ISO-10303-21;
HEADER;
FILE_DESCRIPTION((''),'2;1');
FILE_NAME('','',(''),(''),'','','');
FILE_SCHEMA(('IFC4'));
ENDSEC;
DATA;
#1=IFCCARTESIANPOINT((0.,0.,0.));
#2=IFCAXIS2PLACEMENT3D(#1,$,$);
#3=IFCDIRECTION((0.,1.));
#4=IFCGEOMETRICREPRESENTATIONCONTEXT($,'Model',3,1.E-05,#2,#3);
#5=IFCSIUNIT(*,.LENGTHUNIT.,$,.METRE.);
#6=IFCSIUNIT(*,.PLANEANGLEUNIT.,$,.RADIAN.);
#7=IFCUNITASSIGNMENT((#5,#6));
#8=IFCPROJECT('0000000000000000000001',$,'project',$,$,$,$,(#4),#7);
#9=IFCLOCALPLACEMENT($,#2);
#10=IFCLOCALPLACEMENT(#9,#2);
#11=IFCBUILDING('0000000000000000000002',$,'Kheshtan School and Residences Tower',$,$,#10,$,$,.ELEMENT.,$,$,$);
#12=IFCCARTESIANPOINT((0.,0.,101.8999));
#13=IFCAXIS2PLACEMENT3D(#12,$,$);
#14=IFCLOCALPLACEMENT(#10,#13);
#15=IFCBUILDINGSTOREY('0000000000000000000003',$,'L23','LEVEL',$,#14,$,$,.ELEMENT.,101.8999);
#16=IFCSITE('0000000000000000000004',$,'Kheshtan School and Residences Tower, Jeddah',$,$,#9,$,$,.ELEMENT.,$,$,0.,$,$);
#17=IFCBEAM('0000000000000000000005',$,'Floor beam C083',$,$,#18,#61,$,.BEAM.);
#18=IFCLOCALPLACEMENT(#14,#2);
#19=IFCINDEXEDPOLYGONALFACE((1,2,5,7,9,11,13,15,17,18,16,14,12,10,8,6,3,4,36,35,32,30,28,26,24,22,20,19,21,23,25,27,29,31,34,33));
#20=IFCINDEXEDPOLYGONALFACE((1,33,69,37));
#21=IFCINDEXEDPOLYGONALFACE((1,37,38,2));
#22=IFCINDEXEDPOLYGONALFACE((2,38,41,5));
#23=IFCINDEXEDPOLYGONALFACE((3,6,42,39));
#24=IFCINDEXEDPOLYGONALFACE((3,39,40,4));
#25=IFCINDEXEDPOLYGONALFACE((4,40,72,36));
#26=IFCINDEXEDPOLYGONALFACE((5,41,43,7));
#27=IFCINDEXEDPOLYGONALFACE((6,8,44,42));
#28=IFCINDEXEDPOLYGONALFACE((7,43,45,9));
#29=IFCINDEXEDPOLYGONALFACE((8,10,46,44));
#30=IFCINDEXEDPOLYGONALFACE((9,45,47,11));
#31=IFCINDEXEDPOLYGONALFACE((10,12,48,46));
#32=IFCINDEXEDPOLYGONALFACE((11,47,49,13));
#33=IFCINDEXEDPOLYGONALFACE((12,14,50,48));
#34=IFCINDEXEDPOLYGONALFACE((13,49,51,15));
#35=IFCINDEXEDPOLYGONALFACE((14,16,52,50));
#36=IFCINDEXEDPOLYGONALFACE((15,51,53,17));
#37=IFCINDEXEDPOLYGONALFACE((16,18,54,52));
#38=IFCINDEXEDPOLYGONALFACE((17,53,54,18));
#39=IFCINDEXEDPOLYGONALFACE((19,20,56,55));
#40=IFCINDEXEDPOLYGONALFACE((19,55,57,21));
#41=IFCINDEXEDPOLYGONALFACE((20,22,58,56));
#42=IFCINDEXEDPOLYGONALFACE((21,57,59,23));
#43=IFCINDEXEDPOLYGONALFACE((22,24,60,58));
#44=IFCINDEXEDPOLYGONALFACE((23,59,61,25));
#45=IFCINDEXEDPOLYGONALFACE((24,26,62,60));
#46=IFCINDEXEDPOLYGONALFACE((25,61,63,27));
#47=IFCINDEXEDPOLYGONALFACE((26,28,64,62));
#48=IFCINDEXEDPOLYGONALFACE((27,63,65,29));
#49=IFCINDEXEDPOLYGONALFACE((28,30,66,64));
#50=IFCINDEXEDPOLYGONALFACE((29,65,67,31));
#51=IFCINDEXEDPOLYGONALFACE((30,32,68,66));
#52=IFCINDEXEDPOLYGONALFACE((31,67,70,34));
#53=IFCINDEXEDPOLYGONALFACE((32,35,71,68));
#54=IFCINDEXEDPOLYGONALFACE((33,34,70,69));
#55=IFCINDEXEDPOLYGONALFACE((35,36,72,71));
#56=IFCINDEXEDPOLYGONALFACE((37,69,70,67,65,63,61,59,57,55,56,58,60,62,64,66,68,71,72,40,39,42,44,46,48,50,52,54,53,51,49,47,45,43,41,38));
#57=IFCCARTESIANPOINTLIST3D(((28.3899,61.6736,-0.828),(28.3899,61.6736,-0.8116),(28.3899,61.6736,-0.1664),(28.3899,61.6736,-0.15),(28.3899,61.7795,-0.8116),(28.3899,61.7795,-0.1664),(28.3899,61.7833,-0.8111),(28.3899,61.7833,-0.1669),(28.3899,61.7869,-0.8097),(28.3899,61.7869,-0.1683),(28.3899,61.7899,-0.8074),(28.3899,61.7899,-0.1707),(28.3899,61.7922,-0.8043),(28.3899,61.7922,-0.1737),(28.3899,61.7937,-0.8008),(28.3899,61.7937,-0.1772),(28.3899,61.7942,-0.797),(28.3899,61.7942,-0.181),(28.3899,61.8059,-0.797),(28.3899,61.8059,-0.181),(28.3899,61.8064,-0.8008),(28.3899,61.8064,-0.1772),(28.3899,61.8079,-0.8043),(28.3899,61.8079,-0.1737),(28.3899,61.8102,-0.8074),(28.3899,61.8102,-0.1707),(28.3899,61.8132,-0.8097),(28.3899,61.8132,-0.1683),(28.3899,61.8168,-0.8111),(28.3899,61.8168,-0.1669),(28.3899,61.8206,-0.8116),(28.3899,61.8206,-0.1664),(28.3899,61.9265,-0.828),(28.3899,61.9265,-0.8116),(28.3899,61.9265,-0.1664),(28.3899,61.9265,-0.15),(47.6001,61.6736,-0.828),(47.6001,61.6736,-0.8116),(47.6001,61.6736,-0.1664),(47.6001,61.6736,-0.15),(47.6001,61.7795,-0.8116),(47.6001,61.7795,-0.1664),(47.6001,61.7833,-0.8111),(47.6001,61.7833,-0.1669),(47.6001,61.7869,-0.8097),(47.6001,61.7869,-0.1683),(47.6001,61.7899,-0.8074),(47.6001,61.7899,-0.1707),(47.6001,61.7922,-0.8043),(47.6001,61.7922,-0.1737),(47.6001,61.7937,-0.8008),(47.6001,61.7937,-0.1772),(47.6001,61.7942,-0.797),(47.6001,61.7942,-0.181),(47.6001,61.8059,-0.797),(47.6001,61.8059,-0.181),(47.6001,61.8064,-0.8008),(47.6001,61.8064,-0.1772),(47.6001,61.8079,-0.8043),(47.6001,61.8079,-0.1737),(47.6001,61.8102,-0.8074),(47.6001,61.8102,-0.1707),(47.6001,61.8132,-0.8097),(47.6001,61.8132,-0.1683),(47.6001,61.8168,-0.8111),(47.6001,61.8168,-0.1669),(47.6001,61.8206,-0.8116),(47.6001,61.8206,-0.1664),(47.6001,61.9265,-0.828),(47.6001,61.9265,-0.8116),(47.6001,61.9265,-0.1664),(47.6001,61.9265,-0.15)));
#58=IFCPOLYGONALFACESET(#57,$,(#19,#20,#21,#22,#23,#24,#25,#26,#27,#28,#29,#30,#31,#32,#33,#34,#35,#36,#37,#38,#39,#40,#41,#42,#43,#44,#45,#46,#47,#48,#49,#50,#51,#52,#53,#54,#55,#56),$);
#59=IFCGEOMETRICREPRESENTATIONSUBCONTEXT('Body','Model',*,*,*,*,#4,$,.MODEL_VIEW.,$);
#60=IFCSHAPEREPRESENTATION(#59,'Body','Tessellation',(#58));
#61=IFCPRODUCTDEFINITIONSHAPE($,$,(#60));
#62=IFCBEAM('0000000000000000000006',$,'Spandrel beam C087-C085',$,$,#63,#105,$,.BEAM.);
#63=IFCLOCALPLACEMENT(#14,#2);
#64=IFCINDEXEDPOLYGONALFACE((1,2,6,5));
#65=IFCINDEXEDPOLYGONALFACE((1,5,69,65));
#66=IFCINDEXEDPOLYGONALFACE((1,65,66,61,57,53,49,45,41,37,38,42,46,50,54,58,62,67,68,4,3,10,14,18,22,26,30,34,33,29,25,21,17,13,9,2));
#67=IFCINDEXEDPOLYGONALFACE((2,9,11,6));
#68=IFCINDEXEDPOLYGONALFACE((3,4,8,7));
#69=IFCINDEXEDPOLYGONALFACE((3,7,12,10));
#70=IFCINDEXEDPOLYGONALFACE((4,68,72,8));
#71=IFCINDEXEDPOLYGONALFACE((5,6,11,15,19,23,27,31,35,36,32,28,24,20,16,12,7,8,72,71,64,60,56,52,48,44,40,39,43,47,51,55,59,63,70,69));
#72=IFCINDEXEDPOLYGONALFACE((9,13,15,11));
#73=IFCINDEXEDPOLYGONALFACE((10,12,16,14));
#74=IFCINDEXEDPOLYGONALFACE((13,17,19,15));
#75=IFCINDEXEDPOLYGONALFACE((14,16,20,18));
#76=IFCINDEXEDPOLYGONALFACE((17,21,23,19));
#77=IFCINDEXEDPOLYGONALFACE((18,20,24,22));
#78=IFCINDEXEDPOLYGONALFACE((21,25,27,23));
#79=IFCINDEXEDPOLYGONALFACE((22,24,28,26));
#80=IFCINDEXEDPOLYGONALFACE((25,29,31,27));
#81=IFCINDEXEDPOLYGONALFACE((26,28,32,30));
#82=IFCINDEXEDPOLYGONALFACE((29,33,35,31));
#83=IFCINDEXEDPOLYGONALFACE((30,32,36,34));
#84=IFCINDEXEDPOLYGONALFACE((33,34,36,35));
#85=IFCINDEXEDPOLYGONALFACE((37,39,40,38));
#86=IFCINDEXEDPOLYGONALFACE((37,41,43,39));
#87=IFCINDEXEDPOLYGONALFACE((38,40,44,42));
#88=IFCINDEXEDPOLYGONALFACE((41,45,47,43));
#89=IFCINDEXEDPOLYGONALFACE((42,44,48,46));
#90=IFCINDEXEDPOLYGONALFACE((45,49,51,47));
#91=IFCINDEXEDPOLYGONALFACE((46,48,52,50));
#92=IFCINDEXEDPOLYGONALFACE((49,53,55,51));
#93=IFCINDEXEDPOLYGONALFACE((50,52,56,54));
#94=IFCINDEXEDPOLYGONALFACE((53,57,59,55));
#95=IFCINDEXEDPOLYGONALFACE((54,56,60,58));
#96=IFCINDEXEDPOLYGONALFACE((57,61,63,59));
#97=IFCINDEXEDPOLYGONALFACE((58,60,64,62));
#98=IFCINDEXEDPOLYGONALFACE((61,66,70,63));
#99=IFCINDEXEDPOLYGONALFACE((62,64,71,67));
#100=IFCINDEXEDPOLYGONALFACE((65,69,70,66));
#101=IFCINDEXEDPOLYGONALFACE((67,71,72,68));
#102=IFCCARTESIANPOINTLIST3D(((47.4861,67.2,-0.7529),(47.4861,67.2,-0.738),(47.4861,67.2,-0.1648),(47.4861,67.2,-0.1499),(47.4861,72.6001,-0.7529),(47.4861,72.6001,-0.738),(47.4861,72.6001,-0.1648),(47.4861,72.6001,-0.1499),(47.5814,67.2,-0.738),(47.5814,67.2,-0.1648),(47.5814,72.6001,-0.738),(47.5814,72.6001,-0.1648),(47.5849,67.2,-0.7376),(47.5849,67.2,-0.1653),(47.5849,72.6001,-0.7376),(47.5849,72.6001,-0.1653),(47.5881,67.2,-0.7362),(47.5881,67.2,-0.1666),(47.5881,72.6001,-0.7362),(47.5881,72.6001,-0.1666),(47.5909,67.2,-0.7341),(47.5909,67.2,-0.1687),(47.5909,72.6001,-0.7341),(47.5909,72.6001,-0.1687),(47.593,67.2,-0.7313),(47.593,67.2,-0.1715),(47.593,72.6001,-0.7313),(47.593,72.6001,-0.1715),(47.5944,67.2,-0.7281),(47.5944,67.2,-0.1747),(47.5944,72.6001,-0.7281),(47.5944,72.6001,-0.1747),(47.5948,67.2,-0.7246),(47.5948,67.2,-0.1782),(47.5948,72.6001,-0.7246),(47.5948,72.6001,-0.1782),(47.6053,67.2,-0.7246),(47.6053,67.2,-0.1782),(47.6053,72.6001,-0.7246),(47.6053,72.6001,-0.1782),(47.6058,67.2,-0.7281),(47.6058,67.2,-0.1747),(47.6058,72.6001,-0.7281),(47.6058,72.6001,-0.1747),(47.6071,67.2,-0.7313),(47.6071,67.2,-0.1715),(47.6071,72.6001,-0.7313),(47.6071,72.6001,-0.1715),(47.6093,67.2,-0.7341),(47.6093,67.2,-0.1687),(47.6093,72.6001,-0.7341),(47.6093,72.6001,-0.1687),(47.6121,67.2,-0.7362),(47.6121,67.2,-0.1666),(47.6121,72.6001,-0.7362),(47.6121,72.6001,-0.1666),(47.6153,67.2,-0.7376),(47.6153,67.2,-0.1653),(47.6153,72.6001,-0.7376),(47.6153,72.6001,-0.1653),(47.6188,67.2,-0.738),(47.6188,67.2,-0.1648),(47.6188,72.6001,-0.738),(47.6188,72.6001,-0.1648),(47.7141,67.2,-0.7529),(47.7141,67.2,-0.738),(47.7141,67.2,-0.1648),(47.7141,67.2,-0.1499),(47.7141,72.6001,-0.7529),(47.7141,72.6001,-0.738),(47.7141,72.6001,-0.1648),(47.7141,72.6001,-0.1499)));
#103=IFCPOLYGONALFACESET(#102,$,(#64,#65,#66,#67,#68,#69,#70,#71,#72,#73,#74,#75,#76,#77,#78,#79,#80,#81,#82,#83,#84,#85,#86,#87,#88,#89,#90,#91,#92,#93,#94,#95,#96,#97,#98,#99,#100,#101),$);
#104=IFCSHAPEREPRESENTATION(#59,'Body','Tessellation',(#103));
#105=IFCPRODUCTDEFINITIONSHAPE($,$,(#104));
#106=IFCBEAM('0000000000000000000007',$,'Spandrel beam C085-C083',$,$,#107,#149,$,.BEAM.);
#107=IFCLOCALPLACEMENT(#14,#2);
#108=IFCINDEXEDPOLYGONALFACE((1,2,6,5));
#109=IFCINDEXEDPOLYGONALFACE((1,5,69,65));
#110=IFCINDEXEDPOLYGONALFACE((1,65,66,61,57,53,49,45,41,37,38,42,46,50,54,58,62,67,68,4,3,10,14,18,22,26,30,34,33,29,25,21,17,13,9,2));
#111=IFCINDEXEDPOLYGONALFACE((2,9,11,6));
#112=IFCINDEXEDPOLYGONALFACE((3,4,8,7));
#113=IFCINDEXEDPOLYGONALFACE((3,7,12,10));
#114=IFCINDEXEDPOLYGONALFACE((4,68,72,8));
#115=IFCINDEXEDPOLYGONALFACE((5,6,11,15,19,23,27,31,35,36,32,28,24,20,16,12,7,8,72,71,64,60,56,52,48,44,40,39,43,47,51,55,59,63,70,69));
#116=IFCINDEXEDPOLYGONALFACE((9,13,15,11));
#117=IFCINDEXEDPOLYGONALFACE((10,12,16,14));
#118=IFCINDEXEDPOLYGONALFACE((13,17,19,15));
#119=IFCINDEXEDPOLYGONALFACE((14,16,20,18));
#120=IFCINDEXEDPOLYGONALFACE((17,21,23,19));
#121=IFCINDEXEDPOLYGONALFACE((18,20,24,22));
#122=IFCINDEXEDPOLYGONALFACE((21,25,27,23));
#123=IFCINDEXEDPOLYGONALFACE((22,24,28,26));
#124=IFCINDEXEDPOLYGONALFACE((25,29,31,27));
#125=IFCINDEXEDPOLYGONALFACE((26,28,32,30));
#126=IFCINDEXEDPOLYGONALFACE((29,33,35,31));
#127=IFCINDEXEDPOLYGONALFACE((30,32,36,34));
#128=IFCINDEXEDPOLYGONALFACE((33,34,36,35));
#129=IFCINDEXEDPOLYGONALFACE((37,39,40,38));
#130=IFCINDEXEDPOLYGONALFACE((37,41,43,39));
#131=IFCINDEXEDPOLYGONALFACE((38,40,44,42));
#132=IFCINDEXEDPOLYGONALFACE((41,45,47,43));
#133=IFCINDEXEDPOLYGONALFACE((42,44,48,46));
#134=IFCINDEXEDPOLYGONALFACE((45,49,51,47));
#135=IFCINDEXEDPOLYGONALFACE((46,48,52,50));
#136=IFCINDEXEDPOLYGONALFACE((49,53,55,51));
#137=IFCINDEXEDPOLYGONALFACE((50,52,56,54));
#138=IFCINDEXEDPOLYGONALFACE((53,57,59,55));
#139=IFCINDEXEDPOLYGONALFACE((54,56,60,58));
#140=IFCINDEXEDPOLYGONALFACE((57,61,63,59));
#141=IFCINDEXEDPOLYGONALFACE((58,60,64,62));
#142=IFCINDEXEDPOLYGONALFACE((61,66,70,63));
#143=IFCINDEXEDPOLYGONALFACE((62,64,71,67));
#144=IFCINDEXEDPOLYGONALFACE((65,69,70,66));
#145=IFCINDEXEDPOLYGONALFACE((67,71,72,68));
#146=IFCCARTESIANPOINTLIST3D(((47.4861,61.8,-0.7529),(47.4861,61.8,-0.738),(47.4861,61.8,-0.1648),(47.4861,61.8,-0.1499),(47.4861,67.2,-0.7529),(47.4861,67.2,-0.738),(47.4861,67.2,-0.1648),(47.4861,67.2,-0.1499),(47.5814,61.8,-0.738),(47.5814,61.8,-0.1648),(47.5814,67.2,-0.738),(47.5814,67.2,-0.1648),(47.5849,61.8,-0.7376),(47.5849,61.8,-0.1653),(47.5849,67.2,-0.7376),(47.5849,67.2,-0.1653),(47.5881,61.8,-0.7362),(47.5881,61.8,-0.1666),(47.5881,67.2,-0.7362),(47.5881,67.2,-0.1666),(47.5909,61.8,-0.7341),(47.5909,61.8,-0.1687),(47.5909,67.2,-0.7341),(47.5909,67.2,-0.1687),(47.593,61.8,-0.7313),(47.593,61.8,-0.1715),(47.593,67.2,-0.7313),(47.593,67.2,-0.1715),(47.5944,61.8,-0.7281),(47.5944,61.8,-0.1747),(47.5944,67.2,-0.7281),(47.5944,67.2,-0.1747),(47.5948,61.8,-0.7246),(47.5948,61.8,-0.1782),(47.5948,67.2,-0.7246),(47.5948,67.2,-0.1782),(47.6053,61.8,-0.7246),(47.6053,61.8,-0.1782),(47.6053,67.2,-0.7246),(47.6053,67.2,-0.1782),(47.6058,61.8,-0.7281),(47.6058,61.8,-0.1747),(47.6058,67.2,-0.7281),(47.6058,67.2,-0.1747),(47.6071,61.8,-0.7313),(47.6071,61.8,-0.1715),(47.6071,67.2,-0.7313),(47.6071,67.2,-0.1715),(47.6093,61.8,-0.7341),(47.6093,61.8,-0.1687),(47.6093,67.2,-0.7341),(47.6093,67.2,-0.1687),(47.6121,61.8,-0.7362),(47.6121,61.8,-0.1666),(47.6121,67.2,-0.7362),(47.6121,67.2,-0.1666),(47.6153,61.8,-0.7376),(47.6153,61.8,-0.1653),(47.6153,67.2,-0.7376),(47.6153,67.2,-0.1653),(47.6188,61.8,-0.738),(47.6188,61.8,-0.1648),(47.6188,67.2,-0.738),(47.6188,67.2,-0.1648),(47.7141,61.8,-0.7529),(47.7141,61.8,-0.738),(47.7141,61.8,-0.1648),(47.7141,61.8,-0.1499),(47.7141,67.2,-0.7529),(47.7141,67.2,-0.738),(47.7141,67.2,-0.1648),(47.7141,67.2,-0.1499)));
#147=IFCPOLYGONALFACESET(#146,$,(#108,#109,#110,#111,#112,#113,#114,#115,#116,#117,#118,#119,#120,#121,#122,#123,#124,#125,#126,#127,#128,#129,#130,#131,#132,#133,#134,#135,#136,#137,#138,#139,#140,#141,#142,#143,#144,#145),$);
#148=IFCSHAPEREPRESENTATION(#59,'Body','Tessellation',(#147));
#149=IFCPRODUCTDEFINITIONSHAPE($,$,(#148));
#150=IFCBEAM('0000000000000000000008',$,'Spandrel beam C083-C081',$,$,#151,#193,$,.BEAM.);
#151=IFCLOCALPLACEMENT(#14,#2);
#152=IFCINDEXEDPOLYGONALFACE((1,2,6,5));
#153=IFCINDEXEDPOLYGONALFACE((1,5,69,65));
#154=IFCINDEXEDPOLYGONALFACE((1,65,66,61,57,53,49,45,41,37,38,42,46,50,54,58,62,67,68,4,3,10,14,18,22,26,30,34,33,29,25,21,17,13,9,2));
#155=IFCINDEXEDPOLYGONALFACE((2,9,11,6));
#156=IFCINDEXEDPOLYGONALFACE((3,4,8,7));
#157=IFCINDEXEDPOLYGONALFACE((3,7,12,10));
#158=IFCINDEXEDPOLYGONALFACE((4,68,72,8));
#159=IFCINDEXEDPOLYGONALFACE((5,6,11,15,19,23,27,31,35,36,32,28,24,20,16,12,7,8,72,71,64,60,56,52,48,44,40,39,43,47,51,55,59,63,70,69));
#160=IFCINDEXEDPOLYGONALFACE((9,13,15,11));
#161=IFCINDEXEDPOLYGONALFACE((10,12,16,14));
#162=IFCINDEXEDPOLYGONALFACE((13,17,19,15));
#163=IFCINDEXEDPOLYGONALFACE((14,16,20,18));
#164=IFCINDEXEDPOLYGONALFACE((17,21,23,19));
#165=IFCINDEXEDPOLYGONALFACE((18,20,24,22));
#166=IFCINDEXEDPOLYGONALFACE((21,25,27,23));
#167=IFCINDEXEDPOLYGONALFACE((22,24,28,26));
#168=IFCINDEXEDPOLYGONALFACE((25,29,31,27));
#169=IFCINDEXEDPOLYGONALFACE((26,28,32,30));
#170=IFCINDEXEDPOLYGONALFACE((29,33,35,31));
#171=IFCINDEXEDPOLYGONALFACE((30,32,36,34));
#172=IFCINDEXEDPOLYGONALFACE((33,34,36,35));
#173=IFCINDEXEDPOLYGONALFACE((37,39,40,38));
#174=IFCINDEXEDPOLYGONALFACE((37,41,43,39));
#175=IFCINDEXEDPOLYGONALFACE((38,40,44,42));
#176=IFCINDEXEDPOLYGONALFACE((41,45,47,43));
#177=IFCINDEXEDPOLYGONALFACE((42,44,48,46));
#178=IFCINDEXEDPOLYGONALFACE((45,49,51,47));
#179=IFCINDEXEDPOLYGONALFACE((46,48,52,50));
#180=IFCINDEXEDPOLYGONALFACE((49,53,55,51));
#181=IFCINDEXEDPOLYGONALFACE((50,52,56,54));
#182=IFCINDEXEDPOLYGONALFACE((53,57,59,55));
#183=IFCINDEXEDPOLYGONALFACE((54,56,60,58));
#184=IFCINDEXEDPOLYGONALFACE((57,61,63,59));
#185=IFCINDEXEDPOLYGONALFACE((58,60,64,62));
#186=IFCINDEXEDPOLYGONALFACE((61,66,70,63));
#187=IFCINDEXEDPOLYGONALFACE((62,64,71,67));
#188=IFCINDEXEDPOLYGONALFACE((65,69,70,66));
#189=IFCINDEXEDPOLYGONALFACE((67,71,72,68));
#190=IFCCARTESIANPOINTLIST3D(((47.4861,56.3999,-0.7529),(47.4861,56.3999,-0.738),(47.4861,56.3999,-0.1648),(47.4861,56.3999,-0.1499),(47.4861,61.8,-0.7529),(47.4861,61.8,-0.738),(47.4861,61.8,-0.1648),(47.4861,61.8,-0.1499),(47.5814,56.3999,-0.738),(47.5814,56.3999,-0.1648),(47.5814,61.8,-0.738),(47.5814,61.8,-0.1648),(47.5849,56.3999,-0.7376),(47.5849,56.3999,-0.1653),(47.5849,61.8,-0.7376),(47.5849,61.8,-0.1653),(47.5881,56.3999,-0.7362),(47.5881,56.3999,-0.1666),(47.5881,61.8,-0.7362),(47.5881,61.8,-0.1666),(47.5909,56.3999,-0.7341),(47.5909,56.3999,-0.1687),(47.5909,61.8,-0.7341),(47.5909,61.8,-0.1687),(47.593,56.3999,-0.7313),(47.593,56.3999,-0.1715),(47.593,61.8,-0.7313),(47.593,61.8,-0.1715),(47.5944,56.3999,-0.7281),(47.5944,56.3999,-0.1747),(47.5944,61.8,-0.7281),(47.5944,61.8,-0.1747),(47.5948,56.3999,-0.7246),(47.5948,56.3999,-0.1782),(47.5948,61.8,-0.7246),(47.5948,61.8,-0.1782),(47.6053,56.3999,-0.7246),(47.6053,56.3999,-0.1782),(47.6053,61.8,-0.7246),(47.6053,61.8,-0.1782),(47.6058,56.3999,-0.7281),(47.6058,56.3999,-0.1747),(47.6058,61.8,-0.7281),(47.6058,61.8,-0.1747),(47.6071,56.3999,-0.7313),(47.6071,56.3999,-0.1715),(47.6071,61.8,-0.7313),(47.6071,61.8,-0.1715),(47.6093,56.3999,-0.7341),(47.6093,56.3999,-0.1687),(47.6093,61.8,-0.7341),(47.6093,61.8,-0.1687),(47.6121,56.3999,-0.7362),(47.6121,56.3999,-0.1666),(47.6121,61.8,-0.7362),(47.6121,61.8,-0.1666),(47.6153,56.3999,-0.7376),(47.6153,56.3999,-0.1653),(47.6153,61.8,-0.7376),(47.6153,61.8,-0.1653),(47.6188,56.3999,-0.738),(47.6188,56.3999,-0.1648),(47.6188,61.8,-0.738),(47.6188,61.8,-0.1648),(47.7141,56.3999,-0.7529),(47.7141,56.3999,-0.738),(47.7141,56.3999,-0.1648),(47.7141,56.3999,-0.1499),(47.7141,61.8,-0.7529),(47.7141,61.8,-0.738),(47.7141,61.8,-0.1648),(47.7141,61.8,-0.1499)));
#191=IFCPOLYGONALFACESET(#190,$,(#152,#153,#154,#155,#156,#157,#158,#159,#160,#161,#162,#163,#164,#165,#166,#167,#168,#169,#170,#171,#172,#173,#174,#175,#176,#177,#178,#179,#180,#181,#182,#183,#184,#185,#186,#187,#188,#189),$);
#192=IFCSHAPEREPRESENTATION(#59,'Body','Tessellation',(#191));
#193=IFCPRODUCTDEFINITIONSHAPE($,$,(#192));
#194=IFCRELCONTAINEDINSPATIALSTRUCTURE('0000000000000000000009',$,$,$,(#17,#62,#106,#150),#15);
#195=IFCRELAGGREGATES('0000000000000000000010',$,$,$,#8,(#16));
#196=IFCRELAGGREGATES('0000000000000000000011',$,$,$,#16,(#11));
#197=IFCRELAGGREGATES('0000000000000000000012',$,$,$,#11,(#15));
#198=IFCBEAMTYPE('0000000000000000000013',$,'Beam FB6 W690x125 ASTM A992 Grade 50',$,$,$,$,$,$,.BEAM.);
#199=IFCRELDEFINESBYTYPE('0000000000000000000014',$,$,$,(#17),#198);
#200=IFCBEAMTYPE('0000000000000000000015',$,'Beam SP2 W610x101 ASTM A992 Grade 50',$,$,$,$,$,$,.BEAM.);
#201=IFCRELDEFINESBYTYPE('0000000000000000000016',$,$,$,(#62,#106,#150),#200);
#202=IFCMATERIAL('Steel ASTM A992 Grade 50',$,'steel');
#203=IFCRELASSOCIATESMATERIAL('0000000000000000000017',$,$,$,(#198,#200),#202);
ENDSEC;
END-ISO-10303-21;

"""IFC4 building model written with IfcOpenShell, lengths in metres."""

from ifc_helpers import new_model, si_unit, direction, frame, origin, origin_2d, place, context, subcontext, project, spatial, i_section, extrude, material, material_profile, profile_set, type_object, element, save


model = new_model("IFC4")

# Units and contexts
model_context = context("Model", 3, precision=1e-05, world=origin(), true_north=direction((0.0, 1.0)))
body_context = subcontext(model_context, "Body", "Model", "MODEL_VIEW")
ifc_project = project(units=[si_unit("LENGTHUNIT", "METRE"), si_unit("PLANEANGLEUNIT", "RADIAN")], contexts=[model_context])

# Site, building, storey
site_placement = place(None, origin())
site = spatial("IfcSite", under=ifc_project, at=site_placement, Name="Kheshtan School and Residences Tower, Jeddah", CompositionType="ELEMENT", RefElevation=0.0)
building_placement = place(site_placement, origin())
building = spatial("IfcBuilding", under=site, at=building_placement, Name="Kheshtan School and Residences Tower", CompositionType="ELEMENT")
storey_placement = place(building_placement, frame((0.0, 0.0, 101.8999)))
storey = spatial("IfcBuildingStorey", under=building, at=storey_placement, Name="L23", Description="LEVEL", CompositionType="ELEMENT", Elevation=101.8999)

# Shared definitions
ifc_material_1 = material(Name="Steel ASTM A992 Grade 50", Category="steel")

# Beams
ifc_material_profile_1 = material_profile(ifc_material_1, i_section(OverallWidth=0.2529, OverallDepth=0.678, WebThickness=0.0117, FlangeThickness=0.0164, FilletRadius=0.0146, at=origin_2d()), Name="W690x125")
ifc_profile_set_1 = profile_set([ifc_material_profile_1], Name="Steel ASTM A992 Grade 50")
beam_type_1 = type_object("IfcBeamType", Name="Beam FB6 W690x125 ASTM A992 Grade 50", PredefinedType="BEAM", material=ifc_profile_set_1)
beam_1_placement = place(storey_placement, frame((47.6001, 61.8, -0.489), z_axis=(-1.0, 0.0, 0.0), x_axis=(0.0, -1.0, 0.0)))
element("IfcBeam", 1, at=beam_1_placement, inside=storey, type_object=beam_type_1, Name="Floor beam C083", PredefinedType="BEAM", context=body_context, shape_type="SweptSolid", body=[
    extrude(i_section(OverallWidth=0.2529, OverallDepth=0.678, WebThickness=0.0117, FlangeThickness=0.0164, FilletRadius=0.0146, at=origin_2d()), origin(), (0.0, 0.0, 1.0), 19.2102),
])
ifc_material_profile_2 = material_profile(ifc_material_1, i_section(OverallWidth=0.228, OverallDepth=0.603, WebThickness=0.0105, FlangeThickness=0.0149, FilletRadius=0.0134, at=origin_2d()), Name="W610x101")
ifc_profile_set_2 = profile_set([ifc_material_profile_2], Name="Steel ASTM A992 Grade 50")
beam_type_2 = type_object("IfcBeamType", Name="Beam SP2 W610x101 ASTM A992 Grade 50", PredefinedType="BEAM", material=ifc_profile_set_2)
beam_2_placement = place(storey_placement, frame((47.6001, 72.6001, -0.4514), z_axis=(0.0, -1.0, 0.0), x_axis=(1.0, 0.0, 0.0)))
element("IfcBeam", 2, at=beam_2_placement, inside=storey, type_object=beam_type_2, Name="Spandrel beam C087-C085", PredefinedType="BEAM", context=body_context, shape_type="SweptSolid", body=[
    extrude(i_section(OverallWidth=0.228, OverallDepth=0.603, WebThickness=0.0105, FlangeThickness=0.0149, FilletRadius=0.0134, at=origin_2d()), origin(), (0.0, 0.0, 1.0), 5.4001),
])
beam_3_placement = place(storey_placement, frame((47.6001, 67.2, -0.4514), z_axis=(0.0, -1.0, 0.0), x_axis=(1.0, 0.0, 0.0)))
element("IfcBeam", 3, at=beam_3_placement, inside=storey, type_object=beam_type_2, Name="Spandrel beam C085-C083", PredefinedType="BEAM", context=body_context, shape_type="SweptSolid", body=[
    extrude(i_section(OverallWidth=0.228, OverallDepth=0.603, WebThickness=0.0105, FlangeThickness=0.0149, FilletRadius=0.0134, at=origin_2d()), origin(), (0.0, 0.0, 1.0), 5.3999),
])
beam_4_placement = place(storey_placement, frame((47.6001, 61.8, -0.4514), z_axis=(0.0, -1.0, 0.0), x_axis=(1.0, 0.0, 0.0)))
element("IfcBeam", 4, at=beam_4_placement, inside=storey, type_object=beam_type_2, Name="Spandrel beam C083-C081", PredefinedType="BEAM", context=body_context, shape_type="SweptSolid", body=[
    extrude(i_section(OverallWidth=0.228, OverallDepth=0.603, WebThickness=0.0105, FlangeThickness=0.0149, FilletRadius=0.0134, at=origin_2d()), origin(), (0.0, 0.0, 1.0), 5.4001),
])

save(model, "model.ifc")
